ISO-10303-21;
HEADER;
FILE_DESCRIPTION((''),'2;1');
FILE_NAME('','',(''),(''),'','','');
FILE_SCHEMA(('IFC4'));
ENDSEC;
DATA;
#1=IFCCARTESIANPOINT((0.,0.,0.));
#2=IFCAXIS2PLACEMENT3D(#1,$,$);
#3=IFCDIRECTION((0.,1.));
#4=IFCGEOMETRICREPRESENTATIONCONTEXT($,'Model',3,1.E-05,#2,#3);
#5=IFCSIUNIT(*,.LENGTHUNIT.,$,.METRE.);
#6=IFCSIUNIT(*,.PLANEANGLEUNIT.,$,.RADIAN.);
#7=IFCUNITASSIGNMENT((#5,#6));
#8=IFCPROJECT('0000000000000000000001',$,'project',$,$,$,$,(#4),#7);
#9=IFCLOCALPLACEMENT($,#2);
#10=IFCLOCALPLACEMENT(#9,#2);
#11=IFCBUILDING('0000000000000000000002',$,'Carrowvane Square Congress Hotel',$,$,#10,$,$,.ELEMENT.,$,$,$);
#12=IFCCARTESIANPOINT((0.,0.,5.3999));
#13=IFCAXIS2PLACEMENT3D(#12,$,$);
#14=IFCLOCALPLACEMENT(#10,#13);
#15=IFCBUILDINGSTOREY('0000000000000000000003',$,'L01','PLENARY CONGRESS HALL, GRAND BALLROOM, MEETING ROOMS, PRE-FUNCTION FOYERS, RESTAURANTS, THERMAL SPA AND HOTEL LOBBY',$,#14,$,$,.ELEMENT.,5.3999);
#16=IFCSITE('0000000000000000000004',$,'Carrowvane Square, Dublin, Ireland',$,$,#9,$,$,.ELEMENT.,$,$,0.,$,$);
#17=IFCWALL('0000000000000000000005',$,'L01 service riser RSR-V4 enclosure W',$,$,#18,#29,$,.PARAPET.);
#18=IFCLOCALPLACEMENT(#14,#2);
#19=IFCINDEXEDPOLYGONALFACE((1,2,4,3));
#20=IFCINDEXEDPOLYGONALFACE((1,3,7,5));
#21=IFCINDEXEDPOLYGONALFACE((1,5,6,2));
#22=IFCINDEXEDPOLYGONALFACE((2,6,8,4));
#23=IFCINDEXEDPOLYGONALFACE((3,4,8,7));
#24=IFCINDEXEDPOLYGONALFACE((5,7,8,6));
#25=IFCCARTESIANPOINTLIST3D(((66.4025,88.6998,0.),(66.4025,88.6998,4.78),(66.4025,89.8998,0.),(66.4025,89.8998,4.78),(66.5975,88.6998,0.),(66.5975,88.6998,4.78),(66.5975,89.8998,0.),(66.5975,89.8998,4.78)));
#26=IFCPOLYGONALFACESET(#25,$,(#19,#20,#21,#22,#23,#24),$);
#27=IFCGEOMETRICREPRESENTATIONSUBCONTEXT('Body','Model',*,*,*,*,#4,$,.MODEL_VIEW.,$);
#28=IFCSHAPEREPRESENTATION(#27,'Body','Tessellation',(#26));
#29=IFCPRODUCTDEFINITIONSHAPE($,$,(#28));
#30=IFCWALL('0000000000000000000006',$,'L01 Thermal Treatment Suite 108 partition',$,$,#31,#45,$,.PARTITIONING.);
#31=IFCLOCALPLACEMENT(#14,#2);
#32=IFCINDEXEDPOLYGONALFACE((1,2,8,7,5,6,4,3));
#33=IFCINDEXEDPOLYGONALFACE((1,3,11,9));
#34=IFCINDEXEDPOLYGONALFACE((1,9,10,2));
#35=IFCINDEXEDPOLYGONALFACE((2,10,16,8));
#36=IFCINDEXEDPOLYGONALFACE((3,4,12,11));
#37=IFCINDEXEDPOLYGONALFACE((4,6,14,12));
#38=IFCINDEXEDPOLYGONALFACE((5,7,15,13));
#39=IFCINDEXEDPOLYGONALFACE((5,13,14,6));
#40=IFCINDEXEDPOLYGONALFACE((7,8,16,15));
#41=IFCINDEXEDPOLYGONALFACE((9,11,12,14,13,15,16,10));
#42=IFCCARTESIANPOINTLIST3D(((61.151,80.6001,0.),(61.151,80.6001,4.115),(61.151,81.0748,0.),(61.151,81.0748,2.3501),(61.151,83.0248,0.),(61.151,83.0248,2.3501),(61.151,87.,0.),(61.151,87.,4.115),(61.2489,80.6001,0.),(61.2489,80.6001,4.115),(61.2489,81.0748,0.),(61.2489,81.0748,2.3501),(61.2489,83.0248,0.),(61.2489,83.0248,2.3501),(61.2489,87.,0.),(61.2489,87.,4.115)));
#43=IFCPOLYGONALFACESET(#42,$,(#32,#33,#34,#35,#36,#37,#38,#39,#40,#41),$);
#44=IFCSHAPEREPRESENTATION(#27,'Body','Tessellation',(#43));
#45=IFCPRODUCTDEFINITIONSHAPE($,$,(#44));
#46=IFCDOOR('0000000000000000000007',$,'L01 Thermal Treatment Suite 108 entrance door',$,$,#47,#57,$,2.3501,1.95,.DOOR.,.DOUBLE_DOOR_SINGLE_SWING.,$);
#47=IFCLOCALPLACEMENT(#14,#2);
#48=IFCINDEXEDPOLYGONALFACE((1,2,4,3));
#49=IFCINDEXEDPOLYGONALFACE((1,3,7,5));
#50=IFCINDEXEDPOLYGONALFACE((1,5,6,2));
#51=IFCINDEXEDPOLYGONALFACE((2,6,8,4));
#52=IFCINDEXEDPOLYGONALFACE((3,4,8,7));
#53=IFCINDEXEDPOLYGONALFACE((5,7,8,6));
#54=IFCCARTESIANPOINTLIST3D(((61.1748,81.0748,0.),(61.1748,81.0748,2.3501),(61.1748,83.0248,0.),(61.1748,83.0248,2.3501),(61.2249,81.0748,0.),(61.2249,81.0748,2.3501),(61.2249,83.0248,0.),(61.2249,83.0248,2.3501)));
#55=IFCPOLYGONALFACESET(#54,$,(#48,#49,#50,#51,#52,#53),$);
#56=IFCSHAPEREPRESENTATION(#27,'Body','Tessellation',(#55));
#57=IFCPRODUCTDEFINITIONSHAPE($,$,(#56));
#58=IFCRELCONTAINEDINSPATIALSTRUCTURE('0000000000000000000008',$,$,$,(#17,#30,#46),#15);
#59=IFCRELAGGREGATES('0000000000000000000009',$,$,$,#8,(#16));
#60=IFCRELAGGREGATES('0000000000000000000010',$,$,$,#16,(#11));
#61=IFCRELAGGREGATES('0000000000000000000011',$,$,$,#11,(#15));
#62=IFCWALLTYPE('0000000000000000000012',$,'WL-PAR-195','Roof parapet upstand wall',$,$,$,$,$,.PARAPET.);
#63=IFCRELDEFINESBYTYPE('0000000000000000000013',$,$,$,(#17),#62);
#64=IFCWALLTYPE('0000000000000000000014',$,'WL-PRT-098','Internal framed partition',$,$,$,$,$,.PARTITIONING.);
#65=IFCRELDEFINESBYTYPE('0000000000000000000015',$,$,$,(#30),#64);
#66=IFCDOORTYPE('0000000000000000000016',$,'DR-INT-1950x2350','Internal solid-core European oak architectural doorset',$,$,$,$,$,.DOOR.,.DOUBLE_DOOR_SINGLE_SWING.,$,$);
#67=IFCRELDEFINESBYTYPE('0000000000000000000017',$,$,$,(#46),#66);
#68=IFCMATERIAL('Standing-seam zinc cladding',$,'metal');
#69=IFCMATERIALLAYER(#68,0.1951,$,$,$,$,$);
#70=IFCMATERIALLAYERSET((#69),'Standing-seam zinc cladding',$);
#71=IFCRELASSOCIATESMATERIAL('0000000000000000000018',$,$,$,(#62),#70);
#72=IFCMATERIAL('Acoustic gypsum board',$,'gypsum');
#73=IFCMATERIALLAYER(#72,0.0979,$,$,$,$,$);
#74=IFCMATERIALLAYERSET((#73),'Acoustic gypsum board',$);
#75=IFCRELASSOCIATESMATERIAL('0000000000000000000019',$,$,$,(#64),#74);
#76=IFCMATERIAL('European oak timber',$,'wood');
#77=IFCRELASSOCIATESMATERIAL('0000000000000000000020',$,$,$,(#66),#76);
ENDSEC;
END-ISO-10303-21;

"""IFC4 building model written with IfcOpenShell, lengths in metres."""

from ifc_helpers import new_model, si_unit, direction, frame, frame_2d, origin, place, context, subcontext, project, spatial, rectangle, extrude, material, layer, layer_set, type_object, element, fill, save


model = new_model("IFC4")

# Units and contexts
model_context = context("Model", 3, precision=1e-05, world=origin(), true_north=direction((0.0, 1.0)))
body_context = subcontext(model_context, "Body", "Model", "MODEL_VIEW")
ifc_project = project(units=[si_unit("LENGTHUNIT", "METRE"), si_unit("PLANEANGLEUNIT", "RADIAN")], contexts=[model_context])

# Site, building, storey
site_placement = place(None, origin())
site = spatial("IfcSite", under=ifc_project, at=site_placement, Name="Carrowvane Square, Dublin, Ireland", CompositionType="ELEMENT", RefElevation=0.0)
building_placement = place(site_placement, origin())
building = spatial("IfcBuilding", under=site, at=building_placement, Name="Carrowvane Square Congress Hotel", CompositionType="ELEMENT")
storey_placement = place(building_placement, frame((0.0, 0.0, 5.3999)))
storey = spatial("IfcBuildingStorey", under=building, at=storey_placement, Name="L01", Description="PLENARY CONGRESS HALL, GRAND BALLROOM, MEETING ROOMS, PRE-FUNCTION FOYERS, RESTAURANTS, THERMAL SPA AND HOTEL LOBBY", CompositionType="ELEMENT", Elevation=5.3999)

# Wall
ifc_material_1 = material(Name="Standing-seam zinc cladding", Category="metal")
ifc_layer_1 = layer(ifc_material_1, 0.1951)
ifc_layer_set_1 = layer_set([ifc_layer_1], Name="Standing-seam zinc cladding")
wall_type_1 = type_object("IfcWallType", Name="WL-PAR-195", Description="Roof parapet upstand wall", PredefinedType="PARAPET", material=ifc_layer_set_1)
for number, where, z_axis, x_axis, name in (
    (1, (66.5, 89.8999, 0.0), (0.0, 0.0, 1.0), (0.0, -1.0, 0.0), "L01 service riser RSR-V4 enclosure W"),
):
    element("IfcWall", number, at=place(storey_placement, frame(where, z_axis=z_axis, x_axis=x_axis)), inside=storey, type_object=wall_type_1, Name=name, PredefinedType="PARAPET", context=body_context, shape_type="SweptSolid", body=[
        extrude(rectangle(XDim=1.2, YDim=0.1951, at=frame_2d((0.6001, 0.0))), origin(), (0.0, 0.0, 1.0), 4.78),
    ])

# Wall, opening, door
ifc_material_2 = material(Name="Acoustic gypsum board", Category="gypsum")
ifc_layer_2 = layer(ifc_material_2, 0.0979)
ifc_layer_set_2 = layer_set([ifc_layer_2], Name="Acoustic gypsum board")
wall_type_2 = type_object("IfcWallType", Name="WL-PRT-098", Description="Internal framed partition", PredefinedType="PARTITIONING", material=ifc_layer_set_2)
wall_placement = place(storey_placement, frame((61.2, 87.0, 0.0), z_axis=(0.0, 0.0, 1.0), x_axis=(0.0, -1.0, 0.0)))
wall = element("IfcWall", 2, at=wall_placement, inside=storey, type_object=wall_type_2, Name="L01 Thermal Treatment Suite 108 partition", PredefinedType="PARTITIONING", context=body_context, shape_type="SweptSolid", body=[
    extrude(rectangle(XDim=6.3999, YDim=0.0979, at=frame_2d((3.2, 0.0))), origin(), (0.0, 0.0, 1.0), 4.115),
])
opening_placement = place(wall_placement, frame((3.9751, 0.0, 0.0)))
opening = element("IfcOpeningElement", 3, at=opening_placement, cuts=wall, PredefinedType="OPENING", context=body_context, shape_type="SweptSolid", body=[
    extrude(rectangle(XDim=1.95, YDim=2.3501, at=frame_2d((0.9751, 1.175))), frame((0.0, 0.0588, 0.0), z_axis=(0.0, -1.0, 0.0), x_axis=(1.0, 0.0, 0.0)), (0.0, 0.0, 1.0), 0.1179),
])
ifc_material_3 = material(Name="European oak timber", Category="wood")
door_type = type_object("IfcDoorType", Name="DR-INT-1950x2350", Description="Internal solid-core European oak architectural doorset", OperationType="DOUBLE_DOOR_SINGLE_SWING", PredefinedType="DOOR", material=ifc_material_3)
door_placement = place(opening_placement, origin())
door = element("IfcDoor", 4, at=door_placement, inside=storey, type_object=door_type, Name="L01 Thermal Treatment Suite 108 entrance door", OperationType="DOUBLE_DOOR_SINGLE_SWING", OverallHeight=2.3501, OverallWidth=1.95, PredefinedType="DOOR", context=body_context, shape_type="SweptSolid", body=[
    extrude(rectangle(XDim=1.95, YDim=2.3501, at=frame_2d((0.9751, 1.175))), frame((0.0, 0.0249, 0.0), z_axis=(0.0, -1.0, 0.0), x_axis=(1.0, 0.0, 0.0)), (0.0, 0.0, 1.0), 0.05),
])
fill(opening, door)

save(model, "model.ifc")
